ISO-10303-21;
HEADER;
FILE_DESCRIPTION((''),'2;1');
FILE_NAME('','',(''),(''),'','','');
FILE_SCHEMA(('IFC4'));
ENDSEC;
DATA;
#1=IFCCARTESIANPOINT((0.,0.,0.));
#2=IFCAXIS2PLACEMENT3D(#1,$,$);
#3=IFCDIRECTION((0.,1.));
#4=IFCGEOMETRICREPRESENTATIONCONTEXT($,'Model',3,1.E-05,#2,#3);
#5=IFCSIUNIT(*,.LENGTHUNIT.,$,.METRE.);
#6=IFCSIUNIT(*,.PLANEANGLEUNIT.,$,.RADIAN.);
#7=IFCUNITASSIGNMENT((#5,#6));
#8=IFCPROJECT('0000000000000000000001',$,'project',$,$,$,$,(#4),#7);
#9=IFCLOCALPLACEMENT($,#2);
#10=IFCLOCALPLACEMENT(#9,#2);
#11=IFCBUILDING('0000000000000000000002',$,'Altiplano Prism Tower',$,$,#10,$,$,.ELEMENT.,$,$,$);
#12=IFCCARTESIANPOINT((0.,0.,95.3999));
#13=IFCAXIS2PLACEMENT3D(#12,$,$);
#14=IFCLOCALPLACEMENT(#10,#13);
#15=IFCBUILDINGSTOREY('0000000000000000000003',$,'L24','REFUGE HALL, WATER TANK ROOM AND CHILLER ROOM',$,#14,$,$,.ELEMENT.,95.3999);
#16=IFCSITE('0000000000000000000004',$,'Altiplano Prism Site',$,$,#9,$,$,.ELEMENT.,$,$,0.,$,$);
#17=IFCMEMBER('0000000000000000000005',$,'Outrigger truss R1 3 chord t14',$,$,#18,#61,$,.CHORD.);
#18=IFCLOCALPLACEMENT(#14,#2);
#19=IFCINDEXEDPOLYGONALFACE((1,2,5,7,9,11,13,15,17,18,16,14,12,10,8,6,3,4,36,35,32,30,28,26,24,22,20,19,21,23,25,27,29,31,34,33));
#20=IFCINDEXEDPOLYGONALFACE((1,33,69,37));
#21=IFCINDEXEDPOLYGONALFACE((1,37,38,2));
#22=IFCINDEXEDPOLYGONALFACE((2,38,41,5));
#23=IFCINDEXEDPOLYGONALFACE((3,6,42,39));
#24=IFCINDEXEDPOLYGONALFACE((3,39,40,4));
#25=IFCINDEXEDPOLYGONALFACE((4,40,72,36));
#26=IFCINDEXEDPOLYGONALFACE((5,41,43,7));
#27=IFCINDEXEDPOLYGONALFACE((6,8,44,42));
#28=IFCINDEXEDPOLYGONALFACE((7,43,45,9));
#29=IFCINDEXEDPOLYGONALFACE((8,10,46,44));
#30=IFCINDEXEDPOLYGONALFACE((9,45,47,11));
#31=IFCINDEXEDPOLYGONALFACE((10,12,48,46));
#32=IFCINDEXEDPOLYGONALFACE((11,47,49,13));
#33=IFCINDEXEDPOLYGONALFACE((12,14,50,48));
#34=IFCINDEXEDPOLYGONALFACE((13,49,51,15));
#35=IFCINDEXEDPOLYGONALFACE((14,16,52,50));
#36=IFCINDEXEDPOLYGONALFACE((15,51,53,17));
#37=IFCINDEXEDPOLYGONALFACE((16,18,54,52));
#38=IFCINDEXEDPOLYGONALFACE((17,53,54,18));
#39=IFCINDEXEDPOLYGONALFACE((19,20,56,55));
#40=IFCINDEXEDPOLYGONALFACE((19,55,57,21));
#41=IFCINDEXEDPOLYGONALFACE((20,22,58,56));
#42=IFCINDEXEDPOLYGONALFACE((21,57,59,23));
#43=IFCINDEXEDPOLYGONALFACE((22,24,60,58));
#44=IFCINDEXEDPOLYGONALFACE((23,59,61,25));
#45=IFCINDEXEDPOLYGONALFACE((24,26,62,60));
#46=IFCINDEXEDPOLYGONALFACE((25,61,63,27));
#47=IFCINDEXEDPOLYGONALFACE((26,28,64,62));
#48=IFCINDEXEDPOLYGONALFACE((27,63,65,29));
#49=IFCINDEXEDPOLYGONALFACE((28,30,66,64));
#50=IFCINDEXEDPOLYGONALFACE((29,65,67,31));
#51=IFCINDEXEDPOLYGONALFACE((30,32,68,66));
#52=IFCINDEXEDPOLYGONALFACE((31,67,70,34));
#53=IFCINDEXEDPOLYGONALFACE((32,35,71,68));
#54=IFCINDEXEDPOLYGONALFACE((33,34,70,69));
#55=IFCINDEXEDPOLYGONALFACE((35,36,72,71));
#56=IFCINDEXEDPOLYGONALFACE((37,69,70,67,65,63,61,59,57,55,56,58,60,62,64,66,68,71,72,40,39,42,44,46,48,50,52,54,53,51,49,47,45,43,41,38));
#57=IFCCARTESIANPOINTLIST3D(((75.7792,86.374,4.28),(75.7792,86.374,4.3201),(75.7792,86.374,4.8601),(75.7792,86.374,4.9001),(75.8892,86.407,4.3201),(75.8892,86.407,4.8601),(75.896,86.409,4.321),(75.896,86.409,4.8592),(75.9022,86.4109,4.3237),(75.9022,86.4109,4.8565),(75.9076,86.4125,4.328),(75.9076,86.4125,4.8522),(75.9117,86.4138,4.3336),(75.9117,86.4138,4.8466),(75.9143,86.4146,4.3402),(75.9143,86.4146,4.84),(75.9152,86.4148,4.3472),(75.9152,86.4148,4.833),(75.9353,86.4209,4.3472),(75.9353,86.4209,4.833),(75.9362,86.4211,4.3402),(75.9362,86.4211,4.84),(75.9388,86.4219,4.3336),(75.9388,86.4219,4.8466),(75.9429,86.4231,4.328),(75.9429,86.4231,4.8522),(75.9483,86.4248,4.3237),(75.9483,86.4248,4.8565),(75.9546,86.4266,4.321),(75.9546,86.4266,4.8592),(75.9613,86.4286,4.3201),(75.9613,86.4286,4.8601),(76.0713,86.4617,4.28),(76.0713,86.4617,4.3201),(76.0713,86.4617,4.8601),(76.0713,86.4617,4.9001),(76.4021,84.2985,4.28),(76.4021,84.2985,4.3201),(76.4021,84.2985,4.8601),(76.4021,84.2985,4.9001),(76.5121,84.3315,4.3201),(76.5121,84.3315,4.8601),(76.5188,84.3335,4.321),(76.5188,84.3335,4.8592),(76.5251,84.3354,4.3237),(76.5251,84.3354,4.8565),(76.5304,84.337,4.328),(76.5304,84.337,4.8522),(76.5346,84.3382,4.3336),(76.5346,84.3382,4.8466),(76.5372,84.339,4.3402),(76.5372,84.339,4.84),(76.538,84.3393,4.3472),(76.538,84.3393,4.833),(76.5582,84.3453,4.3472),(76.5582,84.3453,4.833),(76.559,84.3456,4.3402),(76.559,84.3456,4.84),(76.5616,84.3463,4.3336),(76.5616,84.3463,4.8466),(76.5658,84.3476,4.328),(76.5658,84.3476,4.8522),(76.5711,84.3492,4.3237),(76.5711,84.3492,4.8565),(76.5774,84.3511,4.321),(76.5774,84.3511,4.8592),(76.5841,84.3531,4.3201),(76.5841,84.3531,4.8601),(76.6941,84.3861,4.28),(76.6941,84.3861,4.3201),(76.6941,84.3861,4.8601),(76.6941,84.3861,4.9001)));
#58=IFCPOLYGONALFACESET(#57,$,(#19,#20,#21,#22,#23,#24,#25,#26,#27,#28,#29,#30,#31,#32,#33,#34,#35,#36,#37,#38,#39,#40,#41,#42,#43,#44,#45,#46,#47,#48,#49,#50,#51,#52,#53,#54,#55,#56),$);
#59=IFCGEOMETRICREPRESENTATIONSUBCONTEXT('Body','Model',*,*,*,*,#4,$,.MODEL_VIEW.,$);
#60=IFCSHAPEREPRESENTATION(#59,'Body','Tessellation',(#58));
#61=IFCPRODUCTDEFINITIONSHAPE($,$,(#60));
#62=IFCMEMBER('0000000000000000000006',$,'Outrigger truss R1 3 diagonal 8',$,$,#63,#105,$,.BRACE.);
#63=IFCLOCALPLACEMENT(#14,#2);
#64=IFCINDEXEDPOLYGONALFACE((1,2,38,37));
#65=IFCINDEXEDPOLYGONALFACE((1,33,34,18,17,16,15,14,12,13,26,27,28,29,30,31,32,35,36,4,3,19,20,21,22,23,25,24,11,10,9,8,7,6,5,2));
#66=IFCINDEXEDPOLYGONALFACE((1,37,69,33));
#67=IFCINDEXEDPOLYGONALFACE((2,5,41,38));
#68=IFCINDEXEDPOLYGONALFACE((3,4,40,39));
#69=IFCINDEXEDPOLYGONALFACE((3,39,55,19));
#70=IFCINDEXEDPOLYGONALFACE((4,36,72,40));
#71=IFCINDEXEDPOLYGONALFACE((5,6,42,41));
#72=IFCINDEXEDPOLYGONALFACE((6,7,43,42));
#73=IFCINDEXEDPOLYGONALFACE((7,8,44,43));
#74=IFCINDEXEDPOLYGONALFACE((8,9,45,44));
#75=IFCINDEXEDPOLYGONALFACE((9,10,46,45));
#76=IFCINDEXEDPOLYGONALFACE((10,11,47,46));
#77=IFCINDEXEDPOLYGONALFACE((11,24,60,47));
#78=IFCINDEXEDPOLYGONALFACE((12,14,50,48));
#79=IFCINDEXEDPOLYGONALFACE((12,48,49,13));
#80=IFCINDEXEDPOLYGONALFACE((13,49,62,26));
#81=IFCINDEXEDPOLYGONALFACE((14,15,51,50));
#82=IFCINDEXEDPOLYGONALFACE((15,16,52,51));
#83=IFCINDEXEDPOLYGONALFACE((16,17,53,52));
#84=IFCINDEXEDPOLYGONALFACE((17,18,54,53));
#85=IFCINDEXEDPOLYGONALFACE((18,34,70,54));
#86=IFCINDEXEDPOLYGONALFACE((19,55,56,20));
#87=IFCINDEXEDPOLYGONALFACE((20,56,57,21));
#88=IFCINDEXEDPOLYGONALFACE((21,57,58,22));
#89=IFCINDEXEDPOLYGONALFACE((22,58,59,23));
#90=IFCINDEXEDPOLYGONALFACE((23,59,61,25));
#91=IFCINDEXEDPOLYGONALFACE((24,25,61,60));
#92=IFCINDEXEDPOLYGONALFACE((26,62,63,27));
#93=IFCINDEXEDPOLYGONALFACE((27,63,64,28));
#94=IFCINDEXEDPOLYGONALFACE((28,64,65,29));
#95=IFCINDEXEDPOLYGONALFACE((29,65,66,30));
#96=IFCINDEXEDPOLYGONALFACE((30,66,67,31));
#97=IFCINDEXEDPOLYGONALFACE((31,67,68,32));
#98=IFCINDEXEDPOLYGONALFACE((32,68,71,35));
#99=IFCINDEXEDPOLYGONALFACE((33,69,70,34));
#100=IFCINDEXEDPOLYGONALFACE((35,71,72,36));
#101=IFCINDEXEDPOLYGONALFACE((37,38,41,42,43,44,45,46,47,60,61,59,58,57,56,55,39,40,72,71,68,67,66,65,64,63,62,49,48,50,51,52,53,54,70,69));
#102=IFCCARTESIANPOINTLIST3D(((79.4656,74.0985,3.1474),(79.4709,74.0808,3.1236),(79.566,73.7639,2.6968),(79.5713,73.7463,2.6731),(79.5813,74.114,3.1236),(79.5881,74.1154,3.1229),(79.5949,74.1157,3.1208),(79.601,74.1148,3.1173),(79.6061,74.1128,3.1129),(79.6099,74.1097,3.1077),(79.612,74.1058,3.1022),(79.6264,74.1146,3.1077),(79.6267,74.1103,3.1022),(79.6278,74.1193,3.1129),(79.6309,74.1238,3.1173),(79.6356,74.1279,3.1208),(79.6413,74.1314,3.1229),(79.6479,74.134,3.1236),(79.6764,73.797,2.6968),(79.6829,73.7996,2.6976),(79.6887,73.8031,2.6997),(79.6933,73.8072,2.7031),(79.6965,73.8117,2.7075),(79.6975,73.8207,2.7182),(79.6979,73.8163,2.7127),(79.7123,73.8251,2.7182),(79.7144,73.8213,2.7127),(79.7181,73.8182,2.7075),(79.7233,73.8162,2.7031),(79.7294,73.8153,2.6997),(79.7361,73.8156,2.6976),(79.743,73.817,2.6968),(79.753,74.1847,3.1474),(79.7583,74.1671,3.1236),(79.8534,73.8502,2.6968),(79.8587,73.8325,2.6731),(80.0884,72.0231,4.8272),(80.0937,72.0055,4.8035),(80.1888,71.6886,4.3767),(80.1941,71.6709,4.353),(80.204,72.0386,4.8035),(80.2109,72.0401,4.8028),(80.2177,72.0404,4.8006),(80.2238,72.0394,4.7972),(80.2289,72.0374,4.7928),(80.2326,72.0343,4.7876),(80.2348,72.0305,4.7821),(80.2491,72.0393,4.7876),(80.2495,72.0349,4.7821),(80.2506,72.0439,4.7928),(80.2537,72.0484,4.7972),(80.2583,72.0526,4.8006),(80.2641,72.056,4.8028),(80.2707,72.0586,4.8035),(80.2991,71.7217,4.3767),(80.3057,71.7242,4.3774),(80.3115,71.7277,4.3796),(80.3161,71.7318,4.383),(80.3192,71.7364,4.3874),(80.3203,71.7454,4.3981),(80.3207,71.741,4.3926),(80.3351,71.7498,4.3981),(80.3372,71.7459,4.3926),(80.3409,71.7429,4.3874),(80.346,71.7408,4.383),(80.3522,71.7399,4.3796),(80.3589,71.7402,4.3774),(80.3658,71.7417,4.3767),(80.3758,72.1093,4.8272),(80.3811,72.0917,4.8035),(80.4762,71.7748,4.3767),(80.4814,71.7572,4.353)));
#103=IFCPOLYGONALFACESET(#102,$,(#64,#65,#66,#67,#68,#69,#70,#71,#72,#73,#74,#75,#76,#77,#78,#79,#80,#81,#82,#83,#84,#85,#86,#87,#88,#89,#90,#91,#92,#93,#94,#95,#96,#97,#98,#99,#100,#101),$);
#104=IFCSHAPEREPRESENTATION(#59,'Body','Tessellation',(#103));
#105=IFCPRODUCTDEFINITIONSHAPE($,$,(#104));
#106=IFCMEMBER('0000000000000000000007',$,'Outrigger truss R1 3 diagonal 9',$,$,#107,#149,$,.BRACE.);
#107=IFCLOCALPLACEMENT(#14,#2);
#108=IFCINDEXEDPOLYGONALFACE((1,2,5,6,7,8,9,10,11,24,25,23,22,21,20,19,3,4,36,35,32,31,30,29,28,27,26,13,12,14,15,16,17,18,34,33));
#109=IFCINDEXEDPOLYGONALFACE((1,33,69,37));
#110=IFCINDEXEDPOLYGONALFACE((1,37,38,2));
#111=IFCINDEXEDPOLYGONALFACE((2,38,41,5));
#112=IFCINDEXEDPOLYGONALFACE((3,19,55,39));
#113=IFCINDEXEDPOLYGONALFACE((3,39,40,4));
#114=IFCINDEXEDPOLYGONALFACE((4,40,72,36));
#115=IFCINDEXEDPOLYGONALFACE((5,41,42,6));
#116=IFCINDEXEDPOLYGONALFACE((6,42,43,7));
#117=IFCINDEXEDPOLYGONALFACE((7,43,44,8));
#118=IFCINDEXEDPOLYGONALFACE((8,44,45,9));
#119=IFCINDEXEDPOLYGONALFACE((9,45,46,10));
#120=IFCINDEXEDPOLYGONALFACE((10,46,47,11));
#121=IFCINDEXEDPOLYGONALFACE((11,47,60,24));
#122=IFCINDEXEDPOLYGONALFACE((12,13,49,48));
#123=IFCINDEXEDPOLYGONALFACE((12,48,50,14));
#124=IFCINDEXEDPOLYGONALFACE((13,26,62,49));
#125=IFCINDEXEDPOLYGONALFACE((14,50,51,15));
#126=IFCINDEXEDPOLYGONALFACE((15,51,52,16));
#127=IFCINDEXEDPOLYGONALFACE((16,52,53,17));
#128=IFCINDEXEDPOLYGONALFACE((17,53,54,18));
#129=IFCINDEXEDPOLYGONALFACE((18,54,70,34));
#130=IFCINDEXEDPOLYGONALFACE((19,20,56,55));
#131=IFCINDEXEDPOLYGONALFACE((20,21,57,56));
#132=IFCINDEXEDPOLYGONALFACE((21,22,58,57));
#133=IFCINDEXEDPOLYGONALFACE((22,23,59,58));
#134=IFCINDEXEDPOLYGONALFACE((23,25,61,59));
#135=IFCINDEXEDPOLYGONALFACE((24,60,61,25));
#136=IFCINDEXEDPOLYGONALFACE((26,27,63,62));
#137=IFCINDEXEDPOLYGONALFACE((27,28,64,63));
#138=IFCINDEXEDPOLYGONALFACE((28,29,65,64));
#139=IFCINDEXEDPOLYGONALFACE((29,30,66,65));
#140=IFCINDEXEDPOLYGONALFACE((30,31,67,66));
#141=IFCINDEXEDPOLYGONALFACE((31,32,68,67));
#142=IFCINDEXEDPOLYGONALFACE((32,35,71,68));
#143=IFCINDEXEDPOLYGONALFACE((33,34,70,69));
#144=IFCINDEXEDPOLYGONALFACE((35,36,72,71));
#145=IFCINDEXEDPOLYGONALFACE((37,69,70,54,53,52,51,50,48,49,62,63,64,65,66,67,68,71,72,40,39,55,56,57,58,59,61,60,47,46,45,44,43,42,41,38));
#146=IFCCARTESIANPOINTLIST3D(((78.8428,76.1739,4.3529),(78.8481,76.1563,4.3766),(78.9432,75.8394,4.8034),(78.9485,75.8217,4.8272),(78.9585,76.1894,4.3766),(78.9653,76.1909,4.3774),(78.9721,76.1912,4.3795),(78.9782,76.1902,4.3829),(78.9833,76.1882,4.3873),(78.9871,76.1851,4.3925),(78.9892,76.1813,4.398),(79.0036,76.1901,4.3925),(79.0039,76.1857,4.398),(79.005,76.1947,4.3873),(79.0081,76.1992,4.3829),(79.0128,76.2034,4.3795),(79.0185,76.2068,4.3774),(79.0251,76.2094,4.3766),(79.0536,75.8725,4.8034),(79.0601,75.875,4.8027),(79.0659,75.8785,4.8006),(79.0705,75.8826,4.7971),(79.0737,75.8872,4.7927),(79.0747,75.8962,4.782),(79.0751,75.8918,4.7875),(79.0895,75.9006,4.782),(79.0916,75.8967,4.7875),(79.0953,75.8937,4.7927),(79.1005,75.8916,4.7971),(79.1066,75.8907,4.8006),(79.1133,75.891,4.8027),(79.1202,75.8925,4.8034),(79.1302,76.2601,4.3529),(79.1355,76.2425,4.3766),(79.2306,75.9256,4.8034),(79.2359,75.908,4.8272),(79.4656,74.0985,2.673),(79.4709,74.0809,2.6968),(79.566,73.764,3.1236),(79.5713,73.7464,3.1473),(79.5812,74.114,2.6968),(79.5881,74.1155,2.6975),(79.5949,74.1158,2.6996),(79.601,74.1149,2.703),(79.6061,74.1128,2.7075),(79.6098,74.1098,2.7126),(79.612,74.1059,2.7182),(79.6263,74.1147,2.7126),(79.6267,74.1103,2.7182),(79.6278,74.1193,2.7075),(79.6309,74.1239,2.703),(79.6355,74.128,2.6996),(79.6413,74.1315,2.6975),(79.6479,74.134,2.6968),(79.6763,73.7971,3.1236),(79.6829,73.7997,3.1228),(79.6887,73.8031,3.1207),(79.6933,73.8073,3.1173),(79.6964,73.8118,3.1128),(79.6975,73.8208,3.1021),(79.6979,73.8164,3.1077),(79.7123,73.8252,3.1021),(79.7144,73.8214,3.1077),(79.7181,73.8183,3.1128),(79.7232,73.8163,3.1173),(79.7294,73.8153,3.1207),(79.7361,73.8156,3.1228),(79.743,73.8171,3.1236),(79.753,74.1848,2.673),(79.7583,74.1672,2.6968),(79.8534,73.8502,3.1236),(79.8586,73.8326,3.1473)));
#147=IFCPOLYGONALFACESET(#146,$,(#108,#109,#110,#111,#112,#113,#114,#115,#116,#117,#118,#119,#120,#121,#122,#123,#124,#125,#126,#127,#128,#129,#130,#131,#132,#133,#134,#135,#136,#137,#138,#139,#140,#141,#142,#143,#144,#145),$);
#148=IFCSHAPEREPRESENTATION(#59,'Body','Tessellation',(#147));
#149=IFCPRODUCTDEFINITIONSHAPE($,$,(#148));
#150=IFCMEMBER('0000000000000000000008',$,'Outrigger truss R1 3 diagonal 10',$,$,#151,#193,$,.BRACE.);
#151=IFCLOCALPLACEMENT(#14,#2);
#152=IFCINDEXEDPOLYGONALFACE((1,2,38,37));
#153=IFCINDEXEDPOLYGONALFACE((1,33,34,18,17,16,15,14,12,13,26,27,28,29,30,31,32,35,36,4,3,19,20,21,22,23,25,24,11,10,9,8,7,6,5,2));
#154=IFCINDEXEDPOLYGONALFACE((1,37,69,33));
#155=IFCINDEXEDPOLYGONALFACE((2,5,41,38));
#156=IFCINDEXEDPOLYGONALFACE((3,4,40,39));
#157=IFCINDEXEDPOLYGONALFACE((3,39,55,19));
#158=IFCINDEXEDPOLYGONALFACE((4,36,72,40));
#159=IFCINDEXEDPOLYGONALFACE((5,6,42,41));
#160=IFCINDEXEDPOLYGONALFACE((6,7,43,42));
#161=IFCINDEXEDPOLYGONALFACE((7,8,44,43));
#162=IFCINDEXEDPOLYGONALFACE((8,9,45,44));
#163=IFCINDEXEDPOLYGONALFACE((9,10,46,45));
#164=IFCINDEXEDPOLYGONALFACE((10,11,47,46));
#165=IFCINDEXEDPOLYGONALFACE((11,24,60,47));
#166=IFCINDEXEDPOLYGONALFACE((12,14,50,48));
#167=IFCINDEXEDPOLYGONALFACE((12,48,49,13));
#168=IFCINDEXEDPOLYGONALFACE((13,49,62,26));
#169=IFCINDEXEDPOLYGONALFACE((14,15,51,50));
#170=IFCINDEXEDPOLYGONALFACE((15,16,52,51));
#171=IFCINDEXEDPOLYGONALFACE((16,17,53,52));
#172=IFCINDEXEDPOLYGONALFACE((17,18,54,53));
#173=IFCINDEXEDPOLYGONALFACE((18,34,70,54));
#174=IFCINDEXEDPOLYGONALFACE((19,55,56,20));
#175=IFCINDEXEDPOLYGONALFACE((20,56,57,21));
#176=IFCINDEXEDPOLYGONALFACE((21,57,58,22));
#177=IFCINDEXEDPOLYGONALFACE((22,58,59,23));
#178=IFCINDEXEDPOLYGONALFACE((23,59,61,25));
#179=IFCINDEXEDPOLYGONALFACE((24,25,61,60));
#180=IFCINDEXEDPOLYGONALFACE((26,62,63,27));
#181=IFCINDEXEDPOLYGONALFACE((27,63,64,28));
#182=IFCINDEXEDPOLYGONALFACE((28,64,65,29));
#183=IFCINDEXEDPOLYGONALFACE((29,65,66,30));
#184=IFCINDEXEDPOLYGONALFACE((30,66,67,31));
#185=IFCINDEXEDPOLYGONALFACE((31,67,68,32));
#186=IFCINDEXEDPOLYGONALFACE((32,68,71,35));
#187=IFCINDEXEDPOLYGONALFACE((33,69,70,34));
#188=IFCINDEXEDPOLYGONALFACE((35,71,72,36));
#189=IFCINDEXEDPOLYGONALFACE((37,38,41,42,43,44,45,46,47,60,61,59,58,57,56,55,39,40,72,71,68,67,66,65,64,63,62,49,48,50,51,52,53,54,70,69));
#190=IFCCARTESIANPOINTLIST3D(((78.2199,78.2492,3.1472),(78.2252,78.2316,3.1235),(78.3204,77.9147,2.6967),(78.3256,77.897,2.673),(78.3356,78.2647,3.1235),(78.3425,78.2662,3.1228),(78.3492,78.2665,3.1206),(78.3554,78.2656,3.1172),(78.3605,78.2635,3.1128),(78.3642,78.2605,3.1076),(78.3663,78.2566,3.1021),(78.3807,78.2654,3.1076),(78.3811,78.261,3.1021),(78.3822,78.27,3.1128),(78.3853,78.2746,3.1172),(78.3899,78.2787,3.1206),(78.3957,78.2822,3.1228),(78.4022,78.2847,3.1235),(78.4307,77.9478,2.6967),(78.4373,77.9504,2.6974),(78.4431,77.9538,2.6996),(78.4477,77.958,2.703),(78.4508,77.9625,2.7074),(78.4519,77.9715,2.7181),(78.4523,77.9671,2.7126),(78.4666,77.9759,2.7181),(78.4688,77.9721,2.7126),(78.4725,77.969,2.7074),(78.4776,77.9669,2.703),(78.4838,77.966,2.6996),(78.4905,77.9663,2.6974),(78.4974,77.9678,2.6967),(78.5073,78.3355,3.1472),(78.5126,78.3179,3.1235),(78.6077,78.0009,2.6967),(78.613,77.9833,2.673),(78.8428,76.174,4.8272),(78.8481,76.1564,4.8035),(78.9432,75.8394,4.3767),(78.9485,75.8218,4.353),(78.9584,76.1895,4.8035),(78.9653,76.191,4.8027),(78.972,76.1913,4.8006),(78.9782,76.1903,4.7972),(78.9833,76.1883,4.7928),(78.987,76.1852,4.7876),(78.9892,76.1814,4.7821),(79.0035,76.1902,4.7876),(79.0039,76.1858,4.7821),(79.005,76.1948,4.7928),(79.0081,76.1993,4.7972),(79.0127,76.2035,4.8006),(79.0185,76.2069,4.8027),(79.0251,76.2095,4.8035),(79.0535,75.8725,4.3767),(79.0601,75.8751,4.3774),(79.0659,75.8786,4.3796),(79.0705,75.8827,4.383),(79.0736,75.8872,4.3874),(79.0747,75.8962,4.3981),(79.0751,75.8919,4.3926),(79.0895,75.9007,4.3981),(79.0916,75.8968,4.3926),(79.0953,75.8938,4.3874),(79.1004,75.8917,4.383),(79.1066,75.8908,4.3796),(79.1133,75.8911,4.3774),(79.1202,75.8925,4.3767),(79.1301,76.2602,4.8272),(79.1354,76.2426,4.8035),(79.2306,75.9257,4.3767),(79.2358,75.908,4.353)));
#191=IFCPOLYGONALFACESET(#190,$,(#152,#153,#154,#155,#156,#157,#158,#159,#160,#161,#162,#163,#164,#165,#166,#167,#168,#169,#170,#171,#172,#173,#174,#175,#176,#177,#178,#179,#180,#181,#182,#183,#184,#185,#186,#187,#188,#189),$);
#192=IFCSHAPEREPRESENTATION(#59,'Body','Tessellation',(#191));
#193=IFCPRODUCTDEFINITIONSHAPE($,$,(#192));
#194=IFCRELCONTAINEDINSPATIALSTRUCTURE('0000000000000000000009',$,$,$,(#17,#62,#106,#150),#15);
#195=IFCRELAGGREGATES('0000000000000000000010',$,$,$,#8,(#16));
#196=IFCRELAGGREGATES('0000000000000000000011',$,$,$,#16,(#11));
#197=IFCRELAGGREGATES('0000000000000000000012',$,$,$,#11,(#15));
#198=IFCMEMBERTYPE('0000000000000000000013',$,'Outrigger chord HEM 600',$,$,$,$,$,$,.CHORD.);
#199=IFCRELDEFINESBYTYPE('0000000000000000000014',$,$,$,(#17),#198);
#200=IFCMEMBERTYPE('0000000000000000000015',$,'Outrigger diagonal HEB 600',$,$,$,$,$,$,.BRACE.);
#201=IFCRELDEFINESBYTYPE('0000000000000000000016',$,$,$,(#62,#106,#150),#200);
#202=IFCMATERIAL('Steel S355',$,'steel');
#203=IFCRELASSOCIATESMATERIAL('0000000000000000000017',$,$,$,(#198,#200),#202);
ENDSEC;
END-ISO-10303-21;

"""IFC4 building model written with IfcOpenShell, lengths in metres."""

from ifc_helpers import new_model, si_unit, direction, frame, origin, origin_2d, place, context, subcontext, project, spatial, i_section, extrude, material, material_profile, profile_set, type_object, element, save


model = new_model("IFC4")

# Units and contexts
model_context = context("Model", 3, precision=1e-05, world=origin(), true_north=direction((0.0, 1.0)))
body_context = subcontext(model_context, "Body", "Model", "MODEL_VIEW")
ifc_project = project(units=[si_unit("LENGTHUNIT", "METRE"), si_unit("PLANEANGLEUNIT", "RADIAN")], contexts=[model_context])

# Site, building, storey
site_placement = place(None, origin())
site = spatial("IfcSite", under=ifc_project, at=site_placement, Name="Altiplano Prism Site", CompositionType="ELEMENT", RefElevation=0.0)
building_placement = place(site_placement, origin())
building = spatial("IfcBuilding", under=site, at=building_placement, Name="Altiplano Prism Tower", CompositionType="ELEMENT")
storey_placement = place(building_placement, frame((0.0, 0.0, 95.3999)))
storey = spatial("IfcBuildingStorey", under=building, at=storey_placement, Name="L24", Description="REFUGE HALL, WATER TANK ROOM AND CHILLER ROOM", CompositionType="ELEMENT", Elevation=95.3999)

# Members
ifc_material_1 = material(Name="Steel S355", Category="steel")
ifc_material_profile_1 = material_profile(ifc_material_1, i_section(OverallWidth=0.3049, OverallDepth=0.6201, WebThickness=0.021, FlangeThickness=0.04, FilletRadius=0.0271, at=origin_2d()), Name="Outrigger chord HEM 600")
ifc_profile_set_1 = profile_set([ifc_material_profile_1], Name="Steel S355")
member_type_1 = type_object("IfcMemberType", Name="Outrigger chord HEM 600", PredefinedType="CHORD", material=ifc_profile_set_1)
for number, where, z_axis, x_axis, name in (
    (1, (76.5481, 84.3423, 4.5901), (-0.28742, 0.957805, 0.0), (-0.957805, -0.28742, 0.0), "Outrigger truss R1 3 chord t14"),
):
    element("IfcMember", number, at=place(storey_placement, frame(where, z_axis=z_axis, x_axis=x_axis)), inside=storey, type_object=member_type_1, Name=name, PredefinedType="CHORD", context=body_context, shape_type="SweptSolid", body=[
        extrude(i_section(OverallWidth=0.3049, OverallDepth=0.6201, WebThickness=0.021, FlangeThickness=0.04, FilletRadius=0.0271, at=origin_2d()), origin(), (0.0, 0.0, 1.0), 2.167),
    ])
ifc_material_profile_2 = material_profile(ifc_material_1, i_section(OverallWidth=0.3, OverallDepth=0.6001, WebThickness=0.0154, FlangeThickness=0.03, FilletRadius=0.0271, at=origin_2d()), Name="Outrigger diagonal HEB 600")
ifc_profile_set_2 = profile_set([ifc_material_profile_2], Name="Steel S355")
member_type_2 = type_object("IfcMemberType", Name="Outrigger diagonal HEB 600", PredefinedType="BRACE", material=ifc_profile_set_2)
for number, where, z_axis, x_axis, name in (
    (2, (80.2849, 71.8901, 4.5901), (-0.227151, 0.756961, -0.61271), (-0.957805, -0.28742, 0.0), "Outrigger truss R1 3 diagonal 8"),
    (3, (79.6621, 73.9656, 2.9102), (-0.227151, 0.756961, 0.61271), (-0.957805, -0.28742, 0.0), "Outrigger truss R1 3 diagonal 9"),
    (4, (79.0393, 76.041, 4.5901), (-0.227166, 0.756923, -0.612751), (-0.957795, -0.287451, 0.0), "Outrigger truss R1 3 diagonal 10"),
):
    element("IfcMember", number, at=place(storey_placement, frame(where, z_axis=z_axis, x_axis=x_axis)), inside=storey, type_object=member_type_2, Name=name, PredefinedType="BRACE", context=body_context, shape_type="SweptSolid", body=[
        extrude(i_section(OverallWidth=0.3, OverallDepth=0.6001, WebThickness=0.0154, FlangeThickness=0.03, FilletRadius=0.0271, at=origin_2d()), origin(), (0.0, 0.0, 1.0), 2.7417),
    ])

save(model, "model.ifc")
